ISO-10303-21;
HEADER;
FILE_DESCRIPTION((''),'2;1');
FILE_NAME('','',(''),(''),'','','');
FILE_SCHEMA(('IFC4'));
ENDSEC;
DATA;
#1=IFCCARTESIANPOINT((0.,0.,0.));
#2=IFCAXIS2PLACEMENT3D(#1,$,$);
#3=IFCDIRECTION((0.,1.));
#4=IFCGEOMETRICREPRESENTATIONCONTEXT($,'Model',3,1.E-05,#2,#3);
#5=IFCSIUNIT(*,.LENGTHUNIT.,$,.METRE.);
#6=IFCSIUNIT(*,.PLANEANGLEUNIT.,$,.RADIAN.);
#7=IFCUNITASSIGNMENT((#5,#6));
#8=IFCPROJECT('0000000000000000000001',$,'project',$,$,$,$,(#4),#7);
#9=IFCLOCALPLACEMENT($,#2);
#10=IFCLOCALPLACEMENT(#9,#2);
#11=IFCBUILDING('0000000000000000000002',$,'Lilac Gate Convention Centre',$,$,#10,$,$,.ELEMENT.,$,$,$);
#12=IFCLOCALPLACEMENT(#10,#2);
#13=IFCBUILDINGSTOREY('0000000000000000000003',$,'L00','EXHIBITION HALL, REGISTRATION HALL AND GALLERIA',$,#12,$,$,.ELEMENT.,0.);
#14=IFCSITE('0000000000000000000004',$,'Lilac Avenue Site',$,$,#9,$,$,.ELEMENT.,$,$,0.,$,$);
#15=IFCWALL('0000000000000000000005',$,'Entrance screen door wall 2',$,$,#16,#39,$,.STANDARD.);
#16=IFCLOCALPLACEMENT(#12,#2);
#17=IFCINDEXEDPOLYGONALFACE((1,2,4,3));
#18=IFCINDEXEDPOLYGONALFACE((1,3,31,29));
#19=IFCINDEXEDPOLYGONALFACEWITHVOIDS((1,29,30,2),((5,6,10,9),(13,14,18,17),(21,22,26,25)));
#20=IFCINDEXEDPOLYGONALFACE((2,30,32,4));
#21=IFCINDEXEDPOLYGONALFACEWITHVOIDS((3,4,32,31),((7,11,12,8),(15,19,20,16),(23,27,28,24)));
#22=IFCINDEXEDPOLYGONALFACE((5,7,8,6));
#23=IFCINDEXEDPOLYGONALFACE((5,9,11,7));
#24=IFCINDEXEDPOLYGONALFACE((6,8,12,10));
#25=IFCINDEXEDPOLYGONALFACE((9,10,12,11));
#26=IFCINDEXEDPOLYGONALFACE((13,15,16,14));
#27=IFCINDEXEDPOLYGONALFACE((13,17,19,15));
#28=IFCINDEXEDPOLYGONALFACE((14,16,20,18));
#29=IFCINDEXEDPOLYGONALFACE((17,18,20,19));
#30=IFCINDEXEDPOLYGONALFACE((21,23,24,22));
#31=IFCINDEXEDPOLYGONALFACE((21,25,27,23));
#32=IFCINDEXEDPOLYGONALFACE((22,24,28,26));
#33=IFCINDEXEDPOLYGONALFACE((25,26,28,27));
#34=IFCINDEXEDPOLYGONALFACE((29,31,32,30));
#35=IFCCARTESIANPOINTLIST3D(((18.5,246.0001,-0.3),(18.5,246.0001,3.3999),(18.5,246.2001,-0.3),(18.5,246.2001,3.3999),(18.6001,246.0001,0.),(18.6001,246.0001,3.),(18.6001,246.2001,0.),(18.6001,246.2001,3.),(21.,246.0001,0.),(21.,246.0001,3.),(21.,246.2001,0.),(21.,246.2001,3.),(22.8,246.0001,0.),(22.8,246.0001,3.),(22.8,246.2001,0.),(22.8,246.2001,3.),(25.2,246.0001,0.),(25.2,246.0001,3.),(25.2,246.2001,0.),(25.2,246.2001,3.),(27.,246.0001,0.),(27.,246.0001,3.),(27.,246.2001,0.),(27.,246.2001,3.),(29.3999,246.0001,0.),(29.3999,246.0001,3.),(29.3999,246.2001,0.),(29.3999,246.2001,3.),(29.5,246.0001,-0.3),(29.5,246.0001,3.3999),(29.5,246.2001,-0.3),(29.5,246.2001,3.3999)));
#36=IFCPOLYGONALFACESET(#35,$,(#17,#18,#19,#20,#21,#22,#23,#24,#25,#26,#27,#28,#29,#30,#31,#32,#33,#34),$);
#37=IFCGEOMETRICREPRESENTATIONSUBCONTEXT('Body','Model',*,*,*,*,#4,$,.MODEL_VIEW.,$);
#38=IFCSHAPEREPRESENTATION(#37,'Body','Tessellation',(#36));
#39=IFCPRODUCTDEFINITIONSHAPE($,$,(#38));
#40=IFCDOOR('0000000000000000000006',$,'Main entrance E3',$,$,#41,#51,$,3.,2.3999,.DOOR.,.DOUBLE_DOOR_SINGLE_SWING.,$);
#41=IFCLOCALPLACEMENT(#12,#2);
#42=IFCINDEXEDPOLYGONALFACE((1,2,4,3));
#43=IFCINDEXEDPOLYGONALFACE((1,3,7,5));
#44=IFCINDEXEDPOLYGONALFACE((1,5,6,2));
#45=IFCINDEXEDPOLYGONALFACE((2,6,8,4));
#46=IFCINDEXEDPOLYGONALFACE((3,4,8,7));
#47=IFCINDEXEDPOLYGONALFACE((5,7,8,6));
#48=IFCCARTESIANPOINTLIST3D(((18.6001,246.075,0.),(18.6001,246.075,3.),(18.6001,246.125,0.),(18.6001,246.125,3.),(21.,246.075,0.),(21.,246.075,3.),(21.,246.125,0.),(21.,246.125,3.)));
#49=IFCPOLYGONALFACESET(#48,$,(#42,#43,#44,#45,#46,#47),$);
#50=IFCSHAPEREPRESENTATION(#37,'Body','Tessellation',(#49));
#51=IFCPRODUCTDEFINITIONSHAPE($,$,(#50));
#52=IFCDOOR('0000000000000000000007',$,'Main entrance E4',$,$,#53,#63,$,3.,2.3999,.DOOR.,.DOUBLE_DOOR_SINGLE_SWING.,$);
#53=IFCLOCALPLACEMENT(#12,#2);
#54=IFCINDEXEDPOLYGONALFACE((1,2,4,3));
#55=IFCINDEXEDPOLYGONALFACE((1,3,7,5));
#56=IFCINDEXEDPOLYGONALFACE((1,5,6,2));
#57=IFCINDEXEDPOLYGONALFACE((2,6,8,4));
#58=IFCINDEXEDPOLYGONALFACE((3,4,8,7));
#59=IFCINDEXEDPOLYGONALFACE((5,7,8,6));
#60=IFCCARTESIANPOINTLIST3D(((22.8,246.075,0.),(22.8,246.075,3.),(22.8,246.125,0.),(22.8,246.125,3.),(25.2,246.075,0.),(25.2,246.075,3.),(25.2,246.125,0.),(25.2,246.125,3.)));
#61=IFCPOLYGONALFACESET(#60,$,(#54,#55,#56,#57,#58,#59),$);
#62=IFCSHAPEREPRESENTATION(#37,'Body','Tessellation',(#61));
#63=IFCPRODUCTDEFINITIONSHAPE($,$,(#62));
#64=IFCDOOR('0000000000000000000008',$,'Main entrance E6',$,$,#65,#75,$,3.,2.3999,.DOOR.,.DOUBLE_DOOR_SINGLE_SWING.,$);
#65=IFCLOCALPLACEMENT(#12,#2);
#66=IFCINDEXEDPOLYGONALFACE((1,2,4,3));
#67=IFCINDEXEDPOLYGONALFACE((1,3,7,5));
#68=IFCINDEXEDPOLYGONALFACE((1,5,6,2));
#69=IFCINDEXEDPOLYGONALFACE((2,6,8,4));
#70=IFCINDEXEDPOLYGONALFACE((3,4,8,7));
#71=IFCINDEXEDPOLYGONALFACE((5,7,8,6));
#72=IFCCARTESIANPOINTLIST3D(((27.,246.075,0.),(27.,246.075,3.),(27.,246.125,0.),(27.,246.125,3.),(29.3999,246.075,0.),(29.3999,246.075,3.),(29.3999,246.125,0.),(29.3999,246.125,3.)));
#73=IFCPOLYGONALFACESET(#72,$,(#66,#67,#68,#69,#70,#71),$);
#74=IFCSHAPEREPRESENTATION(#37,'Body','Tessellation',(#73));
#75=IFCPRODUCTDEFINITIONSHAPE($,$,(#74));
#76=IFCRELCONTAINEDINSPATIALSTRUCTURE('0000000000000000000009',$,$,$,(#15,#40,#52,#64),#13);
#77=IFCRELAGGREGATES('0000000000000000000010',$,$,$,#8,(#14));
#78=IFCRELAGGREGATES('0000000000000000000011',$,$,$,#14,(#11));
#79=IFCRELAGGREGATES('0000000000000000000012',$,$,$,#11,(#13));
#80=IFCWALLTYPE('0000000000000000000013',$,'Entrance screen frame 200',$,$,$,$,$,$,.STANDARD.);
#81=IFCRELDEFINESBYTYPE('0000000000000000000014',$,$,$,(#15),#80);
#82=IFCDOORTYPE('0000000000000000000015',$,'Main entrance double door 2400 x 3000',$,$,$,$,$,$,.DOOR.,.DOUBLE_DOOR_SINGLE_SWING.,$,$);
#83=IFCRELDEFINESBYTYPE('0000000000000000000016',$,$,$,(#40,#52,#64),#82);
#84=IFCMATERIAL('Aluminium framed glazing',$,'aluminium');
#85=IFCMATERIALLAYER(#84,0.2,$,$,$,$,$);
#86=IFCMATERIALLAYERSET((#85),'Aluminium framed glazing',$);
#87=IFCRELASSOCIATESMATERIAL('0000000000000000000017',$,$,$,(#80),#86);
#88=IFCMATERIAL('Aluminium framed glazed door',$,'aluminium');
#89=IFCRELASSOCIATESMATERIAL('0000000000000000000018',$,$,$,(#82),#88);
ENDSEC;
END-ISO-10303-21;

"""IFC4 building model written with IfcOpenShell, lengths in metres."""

from ifc_helpers import new_model, si_unit, direction, frame, frame_2d, origin, place, context, subcontext, project, spatial, rectangle, extrude, material, layer, layer_set, type_object, element, fill, save


model = new_model("IFC4")

# Units and contexts
model_context = context("Model", 3, precision=1e-05, world=origin(), true_north=direction((0.0, 1.0)))
body_context = subcontext(model_context, "Body", "Model", "MODEL_VIEW")
ifc_project = project(units=[si_unit("LENGTHUNIT", "METRE"), si_unit("PLANEANGLEUNIT", "RADIAN")], contexts=[model_context])

# Site, building, storey
site_placement = place(None, origin())
site = spatial("IfcSite", under=ifc_project, at=site_placement, Name="Lilac Avenue Site", CompositionType="ELEMENT", RefElevation=0.0)
building_placement = place(site_placement, origin())
building = spatial("IfcBuilding", under=site, at=building_placement, Name="Lilac Gate Convention Centre", CompositionType="ELEMENT")
storey_placement = place(building_placement, origin())
storey = spatial("IfcBuildingStorey", under=building, at=storey_placement, Name="L00", Description="EXHIBITION HALL, REGISTRATION HALL AND GALLERIA", CompositionType="ELEMENT", Elevation=0.0)

# Wall, openings, doors
ifc_material_1 = material(Name="Aluminium framed glazing", Category="aluminium")
ifc_layer_1 = layer(ifc_material_1, 0.2)
ifc_layer_set_1 = layer_set([ifc_layer_1], Name="Aluminium framed glazing")
wall_type = type_object("IfcWallType", Name="Entrance screen frame 200", PredefinedType="STANDARD", material=ifc_layer_set_1)
wall_placement = place(storey_placement, frame((18.5, 246.1001, -0.3), z_axis=(0.0, 0.0, 1.0), x_axis=(1.0, 0.0, 0.0)))
wall = element("IfcWall", 1, at=wall_placement, inside=storey, type_object=wall_type, Name="Entrance screen door wall 2", PredefinedType="STANDARD", context=body_context, shape_type="SweptSolid", body=[
    extrude(rectangle(XDim=11.0, YDim=0.2, at=frame_2d((5.5, 0.0))), origin(), (0.0, 0.0, 1.0), 3.7),
])
opening_1_placement = place(wall_placement, frame((0.1001, 0.0, 0.3)))
opening_1 = element("IfcOpeningElement", 2, at=opening_1_placement, cuts=wall, PredefinedType="OPENING", context=body_context, shape_type="SweptSolid", body=[
    extrude(rectangle(XDim=2.3999, YDim=3.0, at=frame_2d((1.2, 1.5))), frame((0.0, 0.1099, 0.0), z_axis=(0.0, -1.0, 0.0), x_axis=(1.0, 0.0, 0.0)), (0.0, 0.0, 1.0), 0.22),
])
opening_2_placement = place(wall_placement, frame((4.3, 0.0, 0.3)))
opening_2 = element("IfcOpeningElement", 3, at=opening_2_placement, cuts=wall, PredefinedType="OPENING", context=body_context, shape_type="SweptSolid", body=[
    extrude(rectangle(XDim=2.3999, YDim=3.0, at=frame_2d((1.2, 1.5))), frame((0.0, 0.1099, 0.0), z_axis=(0.0, -1.0, 0.0), x_axis=(1.0, 0.0, 0.0)), (0.0, 0.0, 1.0), 0.22),
])
opening_3_placement = place(wall_placement, frame((8.5, 0.0, 0.3)))
opening_3 = element("IfcOpeningElement", 4, at=opening_3_placement, cuts=wall, PredefinedType="OPENING", context=body_context, shape_type="SweptSolid", body=[
    extrude(rectangle(XDim=2.3999, YDim=3.0, at=frame_2d((1.2, 1.5))), frame((0.0, 0.1099, 0.0), z_axis=(0.0, -1.0, 0.0), x_axis=(1.0, 0.0, 0.0)), (0.0, 0.0, 1.0), 0.22),
])
ifc_material_2 = material(Name="Aluminium framed glazed door", Category="aluminium")
door_type = type_object("IfcDoorType", Name="Main entrance double door 2400 x 3000", OperationType="DOUBLE_DOOR_SINGLE_SWING", PredefinedType="DOOR", material=ifc_material_2)
door_1_placement = place(opening_1_placement, origin())
door_1 = element("IfcDoor", 5, at=door_1_placement, inside=storey, type_object=door_type, Name="Main entrance E3", OperationType="DOUBLE_DOOR_SINGLE_SWING", OverallHeight=3.0, OverallWidth=2.3999, PredefinedType="DOOR", context=body_context, shape_type="SweptSolid", body=[
    extrude(rectangle(XDim=2.3999, YDim=3.0, at=frame_2d((1.2, 1.5))), frame((0.0, 0.0249, 0.0), z_axis=(0.0, -1.0, 0.0), x_axis=(1.0, 0.0, 0.0)), (0.0, 0.0, 1.0), 0.05),
])
fill(opening_1, door_1)
door_2_placement = place(opening_2_placement, origin())
door_2 = element("IfcDoor", 6, at=door_2_placement, inside=storey, type_object=door_type, Name="Main entrance E4", OperationType="DOUBLE_DOOR_SINGLE_SWING", OverallHeight=3.0, OverallWidth=2.3999, PredefinedType="DOOR", context=body_context, shape_type="SweptSolid", body=[
    extrude(rectangle(XDim=2.3999, YDim=3.0, at=frame_2d((1.2, 1.5))), frame((0.0, 0.0249, 0.0), z_axis=(0.0, -1.0, 0.0), x_axis=(1.0, 0.0, 0.0)), (0.0, 0.0, 1.0), 0.05),
])
fill(opening_2, door_2)
door_3_placement = place(opening_3_placement, origin())
door_3 = element("IfcDoor", 7, at=door_3_placement, inside=storey, type_object=door_type, Name="Main entrance E6", OperationType="DOUBLE_DOOR_SINGLE_SWING", OverallHeight=3.0, OverallWidth=2.3999, PredefinedType="DOOR", context=body_context, shape_type="SweptSolid", body=[
    extrude(rectangle(XDim=2.3999, YDim=3.0, at=frame_2d((1.2, 1.5))), frame((0.0, 0.0249, 0.0), z_axis=(0.0, -1.0, 0.0), x_axis=(1.0, 0.0, 0.0)), (0.0, 0.0, 1.0), 0.05),
])
fill(opening_3, door_3)

save(model, "model.ifc")
